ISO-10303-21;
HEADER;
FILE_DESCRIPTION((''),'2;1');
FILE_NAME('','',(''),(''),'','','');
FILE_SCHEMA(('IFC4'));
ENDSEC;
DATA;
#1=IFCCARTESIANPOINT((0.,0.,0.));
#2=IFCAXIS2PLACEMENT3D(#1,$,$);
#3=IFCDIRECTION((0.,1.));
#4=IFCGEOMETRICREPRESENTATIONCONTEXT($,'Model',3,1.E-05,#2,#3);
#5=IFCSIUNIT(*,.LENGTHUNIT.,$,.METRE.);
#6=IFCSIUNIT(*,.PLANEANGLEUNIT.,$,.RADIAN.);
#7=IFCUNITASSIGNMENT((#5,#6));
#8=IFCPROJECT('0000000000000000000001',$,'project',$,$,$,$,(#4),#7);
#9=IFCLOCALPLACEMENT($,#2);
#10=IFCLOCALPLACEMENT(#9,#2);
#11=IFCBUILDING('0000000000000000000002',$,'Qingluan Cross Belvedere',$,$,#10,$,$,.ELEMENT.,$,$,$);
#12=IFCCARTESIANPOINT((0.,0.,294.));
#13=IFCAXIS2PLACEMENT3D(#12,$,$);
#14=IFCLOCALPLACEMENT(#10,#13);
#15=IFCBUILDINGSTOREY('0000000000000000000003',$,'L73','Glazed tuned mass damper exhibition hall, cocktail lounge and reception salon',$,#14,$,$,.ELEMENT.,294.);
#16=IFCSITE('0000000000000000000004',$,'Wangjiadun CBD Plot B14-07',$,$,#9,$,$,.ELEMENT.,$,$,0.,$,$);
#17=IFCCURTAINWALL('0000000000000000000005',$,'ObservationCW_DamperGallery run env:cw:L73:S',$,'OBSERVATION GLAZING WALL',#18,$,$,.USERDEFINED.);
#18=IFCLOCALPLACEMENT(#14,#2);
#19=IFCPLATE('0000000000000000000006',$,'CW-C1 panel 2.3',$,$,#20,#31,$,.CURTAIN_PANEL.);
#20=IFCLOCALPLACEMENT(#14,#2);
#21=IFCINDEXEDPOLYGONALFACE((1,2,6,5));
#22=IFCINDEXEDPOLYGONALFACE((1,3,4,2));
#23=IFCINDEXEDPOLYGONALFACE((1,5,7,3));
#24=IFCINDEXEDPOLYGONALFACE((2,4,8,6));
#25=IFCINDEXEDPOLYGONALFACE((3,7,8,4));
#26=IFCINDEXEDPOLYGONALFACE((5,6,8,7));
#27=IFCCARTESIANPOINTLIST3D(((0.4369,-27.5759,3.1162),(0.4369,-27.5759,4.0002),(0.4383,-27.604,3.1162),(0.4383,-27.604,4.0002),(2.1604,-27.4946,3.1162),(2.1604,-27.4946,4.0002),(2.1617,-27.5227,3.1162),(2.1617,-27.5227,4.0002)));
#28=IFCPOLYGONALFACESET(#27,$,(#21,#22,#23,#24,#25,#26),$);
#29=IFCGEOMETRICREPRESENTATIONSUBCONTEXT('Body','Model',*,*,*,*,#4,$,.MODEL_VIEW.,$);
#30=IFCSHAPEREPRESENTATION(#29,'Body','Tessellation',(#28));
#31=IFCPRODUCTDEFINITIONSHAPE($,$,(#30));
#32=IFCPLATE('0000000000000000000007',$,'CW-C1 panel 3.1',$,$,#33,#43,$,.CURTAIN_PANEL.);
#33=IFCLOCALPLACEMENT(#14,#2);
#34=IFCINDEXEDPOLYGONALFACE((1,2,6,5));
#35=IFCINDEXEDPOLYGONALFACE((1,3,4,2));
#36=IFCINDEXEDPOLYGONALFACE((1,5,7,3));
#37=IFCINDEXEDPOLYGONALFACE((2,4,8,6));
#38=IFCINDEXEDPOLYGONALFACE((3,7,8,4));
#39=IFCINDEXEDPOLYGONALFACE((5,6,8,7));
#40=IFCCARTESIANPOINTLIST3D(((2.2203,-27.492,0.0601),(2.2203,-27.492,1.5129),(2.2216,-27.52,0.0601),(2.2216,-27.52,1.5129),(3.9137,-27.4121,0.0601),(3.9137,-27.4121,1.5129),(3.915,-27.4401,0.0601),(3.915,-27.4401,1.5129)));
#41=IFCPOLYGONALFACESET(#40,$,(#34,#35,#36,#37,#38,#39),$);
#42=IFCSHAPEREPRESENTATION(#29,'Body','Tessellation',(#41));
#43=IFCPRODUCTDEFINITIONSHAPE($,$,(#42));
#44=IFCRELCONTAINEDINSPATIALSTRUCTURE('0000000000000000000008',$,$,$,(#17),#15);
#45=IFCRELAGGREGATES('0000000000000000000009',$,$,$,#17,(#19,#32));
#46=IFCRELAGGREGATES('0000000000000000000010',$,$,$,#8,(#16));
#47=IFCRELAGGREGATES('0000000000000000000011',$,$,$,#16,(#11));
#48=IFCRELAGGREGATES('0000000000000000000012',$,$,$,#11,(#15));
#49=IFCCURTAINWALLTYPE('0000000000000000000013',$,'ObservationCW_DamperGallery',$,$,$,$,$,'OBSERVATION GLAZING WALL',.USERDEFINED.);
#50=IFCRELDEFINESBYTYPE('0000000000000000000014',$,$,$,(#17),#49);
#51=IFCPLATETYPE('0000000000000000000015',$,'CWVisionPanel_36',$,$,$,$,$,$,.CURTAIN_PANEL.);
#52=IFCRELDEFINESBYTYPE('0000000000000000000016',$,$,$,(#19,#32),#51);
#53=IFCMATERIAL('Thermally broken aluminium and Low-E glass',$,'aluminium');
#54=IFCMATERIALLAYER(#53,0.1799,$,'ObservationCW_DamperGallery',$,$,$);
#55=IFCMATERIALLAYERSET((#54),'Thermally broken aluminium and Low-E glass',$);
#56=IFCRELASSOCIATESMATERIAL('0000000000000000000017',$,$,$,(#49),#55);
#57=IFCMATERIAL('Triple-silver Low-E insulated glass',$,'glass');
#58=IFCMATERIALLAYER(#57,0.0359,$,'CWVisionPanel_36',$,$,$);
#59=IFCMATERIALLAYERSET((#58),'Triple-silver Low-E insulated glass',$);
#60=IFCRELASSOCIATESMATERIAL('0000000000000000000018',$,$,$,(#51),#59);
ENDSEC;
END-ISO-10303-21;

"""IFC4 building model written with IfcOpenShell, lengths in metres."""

from ifc_helpers import new_model, si_unit, direction, frame, origin, origin_2d, place, context, subcontext, project, spatial, rectangle, extrude, material, layer, layer_set, type_object, element, aggregate, save


model = new_model("IFC4")

# Units and contexts
model_context = context("Model", 3, precision=1e-05, world=origin(), true_north=direction((0.0, 1.0)))
body_context = subcontext(model_context, "Body", "Model", "MODEL_VIEW")
ifc_project = project(units=[si_unit("LENGTHUNIT", "METRE"), si_unit("PLANEANGLEUNIT", "RADIAN")], contexts=[model_context])

# Site, building, storey
site_placement = place(None, origin())
site = spatial("IfcSite", under=ifc_project, at=site_placement, Name="Wangjiadun CBD Plot B14-07", CompositionType="ELEMENT", RefElevation=0.0)
building_placement = place(site_placement, origin())
building = spatial("IfcBuilding", under=site, at=building_placement, Name="Qingluan Cross Belvedere", CompositionType="ELEMENT")
storey_placement = place(building_placement, frame((0.0, 0.0, 294.0)))
storey = spatial("IfcBuildingStorey", under=building, at=storey_placement, Name="L73", Description="Glazed tuned mass damper exhibition hall, cocktail lounge and reception salon", CompositionType="ELEMENT", Elevation=294.0)

# Curtain wall, plates
ifc_material_1 = material(Name="Thermally broken aluminium and Low-E glass", Category="aluminium")
ifc_layer_1 = layer(ifc_material_1, 0.1799, Name="ObservationCW_DamperGallery")
ifc_layer_set_1 = layer_set([ifc_layer_1], Name="Thermally broken aluminium and Low-E glass")
curtain_wall_type = type_object("IfcCurtainWallType", Name="ObservationCW_DamperGallery", ElementType="OBSERVATION GLAZING WALL", PredefinedType="USERDEFINED", material=ifc_layer_set_1)
curtain_wall_placement = place(storey_placement, origin())
curtain_wall = element("IfcCurtainWall", 1, at=curtain_wall_placement, inside=storey, type_object=curtain_wall_type, Name="ObservationCW_DamperGallery run env:cw:L73:S", ObjectType="OBSERVATION GLAZING WALL", PredefinedType="USERDEFINED")
ifc_material_2 = material(Name="Triple-silver Low-E insulated glass", Category="glass")
ifc_layer_2 = layer(ifc_material_2, 0.0359, Name="CWVisionPanel_36")
ifc_layer_set_2 = layer_set([ifc_layer_2], Name="Triple-silver Low-E insulated glass")
plate_type = type_object("IfcPlateType", Name="CWVisionPanel_36", PredefinedType="CURTAIN_PANEL", material=ifc_layer_set_2)
plate_1_placement = place(storey_placement, frame((1.2993, -27.5493, 3.1162), z_axis=(0.0, 0.0, 1.0), x_axis=(0.998889, 0.047125, 0.0)))
plate_1 = element("IfcPlate", 2, at=plate_1_placement, type_object=plate_type, Name="CW-C1 panel 2.3", PredefinedType="CURTAIN_PANEL", context=body_context, shape_type="SweptSolid", body=[
    extrude(rectangle(XDim=1.7253, YDim=0.0281, at=origin_2d()), origin(), (0.0, 0.0, 1.0), 0.884),
])
plate_2_placement = place(storey_placement, frame((3.0676, -27.4661, 0.0601), z_axis=(0.0, 0.0, 1.0), x_axis=(0.998889, 0.047125, 0.0)))
plate_2 = element("IfcPlate", 3, at=plate_2_placement, type_object=plate_type, Name="CW-C1 panel 3.1", PredefinedType="CURTAIN_PANEL", context=body_context, shape_type="SweptSolid", body=[
    extrude(rectangle(XDim=1.6953, YDim=0.0281, at=origin_2d()), origin(), (0.0, 0.0, 1.0), 1.4529),
])
aggregate(curtain_wall, [plate_1, plate_2])

save(model, "model.ifc")
